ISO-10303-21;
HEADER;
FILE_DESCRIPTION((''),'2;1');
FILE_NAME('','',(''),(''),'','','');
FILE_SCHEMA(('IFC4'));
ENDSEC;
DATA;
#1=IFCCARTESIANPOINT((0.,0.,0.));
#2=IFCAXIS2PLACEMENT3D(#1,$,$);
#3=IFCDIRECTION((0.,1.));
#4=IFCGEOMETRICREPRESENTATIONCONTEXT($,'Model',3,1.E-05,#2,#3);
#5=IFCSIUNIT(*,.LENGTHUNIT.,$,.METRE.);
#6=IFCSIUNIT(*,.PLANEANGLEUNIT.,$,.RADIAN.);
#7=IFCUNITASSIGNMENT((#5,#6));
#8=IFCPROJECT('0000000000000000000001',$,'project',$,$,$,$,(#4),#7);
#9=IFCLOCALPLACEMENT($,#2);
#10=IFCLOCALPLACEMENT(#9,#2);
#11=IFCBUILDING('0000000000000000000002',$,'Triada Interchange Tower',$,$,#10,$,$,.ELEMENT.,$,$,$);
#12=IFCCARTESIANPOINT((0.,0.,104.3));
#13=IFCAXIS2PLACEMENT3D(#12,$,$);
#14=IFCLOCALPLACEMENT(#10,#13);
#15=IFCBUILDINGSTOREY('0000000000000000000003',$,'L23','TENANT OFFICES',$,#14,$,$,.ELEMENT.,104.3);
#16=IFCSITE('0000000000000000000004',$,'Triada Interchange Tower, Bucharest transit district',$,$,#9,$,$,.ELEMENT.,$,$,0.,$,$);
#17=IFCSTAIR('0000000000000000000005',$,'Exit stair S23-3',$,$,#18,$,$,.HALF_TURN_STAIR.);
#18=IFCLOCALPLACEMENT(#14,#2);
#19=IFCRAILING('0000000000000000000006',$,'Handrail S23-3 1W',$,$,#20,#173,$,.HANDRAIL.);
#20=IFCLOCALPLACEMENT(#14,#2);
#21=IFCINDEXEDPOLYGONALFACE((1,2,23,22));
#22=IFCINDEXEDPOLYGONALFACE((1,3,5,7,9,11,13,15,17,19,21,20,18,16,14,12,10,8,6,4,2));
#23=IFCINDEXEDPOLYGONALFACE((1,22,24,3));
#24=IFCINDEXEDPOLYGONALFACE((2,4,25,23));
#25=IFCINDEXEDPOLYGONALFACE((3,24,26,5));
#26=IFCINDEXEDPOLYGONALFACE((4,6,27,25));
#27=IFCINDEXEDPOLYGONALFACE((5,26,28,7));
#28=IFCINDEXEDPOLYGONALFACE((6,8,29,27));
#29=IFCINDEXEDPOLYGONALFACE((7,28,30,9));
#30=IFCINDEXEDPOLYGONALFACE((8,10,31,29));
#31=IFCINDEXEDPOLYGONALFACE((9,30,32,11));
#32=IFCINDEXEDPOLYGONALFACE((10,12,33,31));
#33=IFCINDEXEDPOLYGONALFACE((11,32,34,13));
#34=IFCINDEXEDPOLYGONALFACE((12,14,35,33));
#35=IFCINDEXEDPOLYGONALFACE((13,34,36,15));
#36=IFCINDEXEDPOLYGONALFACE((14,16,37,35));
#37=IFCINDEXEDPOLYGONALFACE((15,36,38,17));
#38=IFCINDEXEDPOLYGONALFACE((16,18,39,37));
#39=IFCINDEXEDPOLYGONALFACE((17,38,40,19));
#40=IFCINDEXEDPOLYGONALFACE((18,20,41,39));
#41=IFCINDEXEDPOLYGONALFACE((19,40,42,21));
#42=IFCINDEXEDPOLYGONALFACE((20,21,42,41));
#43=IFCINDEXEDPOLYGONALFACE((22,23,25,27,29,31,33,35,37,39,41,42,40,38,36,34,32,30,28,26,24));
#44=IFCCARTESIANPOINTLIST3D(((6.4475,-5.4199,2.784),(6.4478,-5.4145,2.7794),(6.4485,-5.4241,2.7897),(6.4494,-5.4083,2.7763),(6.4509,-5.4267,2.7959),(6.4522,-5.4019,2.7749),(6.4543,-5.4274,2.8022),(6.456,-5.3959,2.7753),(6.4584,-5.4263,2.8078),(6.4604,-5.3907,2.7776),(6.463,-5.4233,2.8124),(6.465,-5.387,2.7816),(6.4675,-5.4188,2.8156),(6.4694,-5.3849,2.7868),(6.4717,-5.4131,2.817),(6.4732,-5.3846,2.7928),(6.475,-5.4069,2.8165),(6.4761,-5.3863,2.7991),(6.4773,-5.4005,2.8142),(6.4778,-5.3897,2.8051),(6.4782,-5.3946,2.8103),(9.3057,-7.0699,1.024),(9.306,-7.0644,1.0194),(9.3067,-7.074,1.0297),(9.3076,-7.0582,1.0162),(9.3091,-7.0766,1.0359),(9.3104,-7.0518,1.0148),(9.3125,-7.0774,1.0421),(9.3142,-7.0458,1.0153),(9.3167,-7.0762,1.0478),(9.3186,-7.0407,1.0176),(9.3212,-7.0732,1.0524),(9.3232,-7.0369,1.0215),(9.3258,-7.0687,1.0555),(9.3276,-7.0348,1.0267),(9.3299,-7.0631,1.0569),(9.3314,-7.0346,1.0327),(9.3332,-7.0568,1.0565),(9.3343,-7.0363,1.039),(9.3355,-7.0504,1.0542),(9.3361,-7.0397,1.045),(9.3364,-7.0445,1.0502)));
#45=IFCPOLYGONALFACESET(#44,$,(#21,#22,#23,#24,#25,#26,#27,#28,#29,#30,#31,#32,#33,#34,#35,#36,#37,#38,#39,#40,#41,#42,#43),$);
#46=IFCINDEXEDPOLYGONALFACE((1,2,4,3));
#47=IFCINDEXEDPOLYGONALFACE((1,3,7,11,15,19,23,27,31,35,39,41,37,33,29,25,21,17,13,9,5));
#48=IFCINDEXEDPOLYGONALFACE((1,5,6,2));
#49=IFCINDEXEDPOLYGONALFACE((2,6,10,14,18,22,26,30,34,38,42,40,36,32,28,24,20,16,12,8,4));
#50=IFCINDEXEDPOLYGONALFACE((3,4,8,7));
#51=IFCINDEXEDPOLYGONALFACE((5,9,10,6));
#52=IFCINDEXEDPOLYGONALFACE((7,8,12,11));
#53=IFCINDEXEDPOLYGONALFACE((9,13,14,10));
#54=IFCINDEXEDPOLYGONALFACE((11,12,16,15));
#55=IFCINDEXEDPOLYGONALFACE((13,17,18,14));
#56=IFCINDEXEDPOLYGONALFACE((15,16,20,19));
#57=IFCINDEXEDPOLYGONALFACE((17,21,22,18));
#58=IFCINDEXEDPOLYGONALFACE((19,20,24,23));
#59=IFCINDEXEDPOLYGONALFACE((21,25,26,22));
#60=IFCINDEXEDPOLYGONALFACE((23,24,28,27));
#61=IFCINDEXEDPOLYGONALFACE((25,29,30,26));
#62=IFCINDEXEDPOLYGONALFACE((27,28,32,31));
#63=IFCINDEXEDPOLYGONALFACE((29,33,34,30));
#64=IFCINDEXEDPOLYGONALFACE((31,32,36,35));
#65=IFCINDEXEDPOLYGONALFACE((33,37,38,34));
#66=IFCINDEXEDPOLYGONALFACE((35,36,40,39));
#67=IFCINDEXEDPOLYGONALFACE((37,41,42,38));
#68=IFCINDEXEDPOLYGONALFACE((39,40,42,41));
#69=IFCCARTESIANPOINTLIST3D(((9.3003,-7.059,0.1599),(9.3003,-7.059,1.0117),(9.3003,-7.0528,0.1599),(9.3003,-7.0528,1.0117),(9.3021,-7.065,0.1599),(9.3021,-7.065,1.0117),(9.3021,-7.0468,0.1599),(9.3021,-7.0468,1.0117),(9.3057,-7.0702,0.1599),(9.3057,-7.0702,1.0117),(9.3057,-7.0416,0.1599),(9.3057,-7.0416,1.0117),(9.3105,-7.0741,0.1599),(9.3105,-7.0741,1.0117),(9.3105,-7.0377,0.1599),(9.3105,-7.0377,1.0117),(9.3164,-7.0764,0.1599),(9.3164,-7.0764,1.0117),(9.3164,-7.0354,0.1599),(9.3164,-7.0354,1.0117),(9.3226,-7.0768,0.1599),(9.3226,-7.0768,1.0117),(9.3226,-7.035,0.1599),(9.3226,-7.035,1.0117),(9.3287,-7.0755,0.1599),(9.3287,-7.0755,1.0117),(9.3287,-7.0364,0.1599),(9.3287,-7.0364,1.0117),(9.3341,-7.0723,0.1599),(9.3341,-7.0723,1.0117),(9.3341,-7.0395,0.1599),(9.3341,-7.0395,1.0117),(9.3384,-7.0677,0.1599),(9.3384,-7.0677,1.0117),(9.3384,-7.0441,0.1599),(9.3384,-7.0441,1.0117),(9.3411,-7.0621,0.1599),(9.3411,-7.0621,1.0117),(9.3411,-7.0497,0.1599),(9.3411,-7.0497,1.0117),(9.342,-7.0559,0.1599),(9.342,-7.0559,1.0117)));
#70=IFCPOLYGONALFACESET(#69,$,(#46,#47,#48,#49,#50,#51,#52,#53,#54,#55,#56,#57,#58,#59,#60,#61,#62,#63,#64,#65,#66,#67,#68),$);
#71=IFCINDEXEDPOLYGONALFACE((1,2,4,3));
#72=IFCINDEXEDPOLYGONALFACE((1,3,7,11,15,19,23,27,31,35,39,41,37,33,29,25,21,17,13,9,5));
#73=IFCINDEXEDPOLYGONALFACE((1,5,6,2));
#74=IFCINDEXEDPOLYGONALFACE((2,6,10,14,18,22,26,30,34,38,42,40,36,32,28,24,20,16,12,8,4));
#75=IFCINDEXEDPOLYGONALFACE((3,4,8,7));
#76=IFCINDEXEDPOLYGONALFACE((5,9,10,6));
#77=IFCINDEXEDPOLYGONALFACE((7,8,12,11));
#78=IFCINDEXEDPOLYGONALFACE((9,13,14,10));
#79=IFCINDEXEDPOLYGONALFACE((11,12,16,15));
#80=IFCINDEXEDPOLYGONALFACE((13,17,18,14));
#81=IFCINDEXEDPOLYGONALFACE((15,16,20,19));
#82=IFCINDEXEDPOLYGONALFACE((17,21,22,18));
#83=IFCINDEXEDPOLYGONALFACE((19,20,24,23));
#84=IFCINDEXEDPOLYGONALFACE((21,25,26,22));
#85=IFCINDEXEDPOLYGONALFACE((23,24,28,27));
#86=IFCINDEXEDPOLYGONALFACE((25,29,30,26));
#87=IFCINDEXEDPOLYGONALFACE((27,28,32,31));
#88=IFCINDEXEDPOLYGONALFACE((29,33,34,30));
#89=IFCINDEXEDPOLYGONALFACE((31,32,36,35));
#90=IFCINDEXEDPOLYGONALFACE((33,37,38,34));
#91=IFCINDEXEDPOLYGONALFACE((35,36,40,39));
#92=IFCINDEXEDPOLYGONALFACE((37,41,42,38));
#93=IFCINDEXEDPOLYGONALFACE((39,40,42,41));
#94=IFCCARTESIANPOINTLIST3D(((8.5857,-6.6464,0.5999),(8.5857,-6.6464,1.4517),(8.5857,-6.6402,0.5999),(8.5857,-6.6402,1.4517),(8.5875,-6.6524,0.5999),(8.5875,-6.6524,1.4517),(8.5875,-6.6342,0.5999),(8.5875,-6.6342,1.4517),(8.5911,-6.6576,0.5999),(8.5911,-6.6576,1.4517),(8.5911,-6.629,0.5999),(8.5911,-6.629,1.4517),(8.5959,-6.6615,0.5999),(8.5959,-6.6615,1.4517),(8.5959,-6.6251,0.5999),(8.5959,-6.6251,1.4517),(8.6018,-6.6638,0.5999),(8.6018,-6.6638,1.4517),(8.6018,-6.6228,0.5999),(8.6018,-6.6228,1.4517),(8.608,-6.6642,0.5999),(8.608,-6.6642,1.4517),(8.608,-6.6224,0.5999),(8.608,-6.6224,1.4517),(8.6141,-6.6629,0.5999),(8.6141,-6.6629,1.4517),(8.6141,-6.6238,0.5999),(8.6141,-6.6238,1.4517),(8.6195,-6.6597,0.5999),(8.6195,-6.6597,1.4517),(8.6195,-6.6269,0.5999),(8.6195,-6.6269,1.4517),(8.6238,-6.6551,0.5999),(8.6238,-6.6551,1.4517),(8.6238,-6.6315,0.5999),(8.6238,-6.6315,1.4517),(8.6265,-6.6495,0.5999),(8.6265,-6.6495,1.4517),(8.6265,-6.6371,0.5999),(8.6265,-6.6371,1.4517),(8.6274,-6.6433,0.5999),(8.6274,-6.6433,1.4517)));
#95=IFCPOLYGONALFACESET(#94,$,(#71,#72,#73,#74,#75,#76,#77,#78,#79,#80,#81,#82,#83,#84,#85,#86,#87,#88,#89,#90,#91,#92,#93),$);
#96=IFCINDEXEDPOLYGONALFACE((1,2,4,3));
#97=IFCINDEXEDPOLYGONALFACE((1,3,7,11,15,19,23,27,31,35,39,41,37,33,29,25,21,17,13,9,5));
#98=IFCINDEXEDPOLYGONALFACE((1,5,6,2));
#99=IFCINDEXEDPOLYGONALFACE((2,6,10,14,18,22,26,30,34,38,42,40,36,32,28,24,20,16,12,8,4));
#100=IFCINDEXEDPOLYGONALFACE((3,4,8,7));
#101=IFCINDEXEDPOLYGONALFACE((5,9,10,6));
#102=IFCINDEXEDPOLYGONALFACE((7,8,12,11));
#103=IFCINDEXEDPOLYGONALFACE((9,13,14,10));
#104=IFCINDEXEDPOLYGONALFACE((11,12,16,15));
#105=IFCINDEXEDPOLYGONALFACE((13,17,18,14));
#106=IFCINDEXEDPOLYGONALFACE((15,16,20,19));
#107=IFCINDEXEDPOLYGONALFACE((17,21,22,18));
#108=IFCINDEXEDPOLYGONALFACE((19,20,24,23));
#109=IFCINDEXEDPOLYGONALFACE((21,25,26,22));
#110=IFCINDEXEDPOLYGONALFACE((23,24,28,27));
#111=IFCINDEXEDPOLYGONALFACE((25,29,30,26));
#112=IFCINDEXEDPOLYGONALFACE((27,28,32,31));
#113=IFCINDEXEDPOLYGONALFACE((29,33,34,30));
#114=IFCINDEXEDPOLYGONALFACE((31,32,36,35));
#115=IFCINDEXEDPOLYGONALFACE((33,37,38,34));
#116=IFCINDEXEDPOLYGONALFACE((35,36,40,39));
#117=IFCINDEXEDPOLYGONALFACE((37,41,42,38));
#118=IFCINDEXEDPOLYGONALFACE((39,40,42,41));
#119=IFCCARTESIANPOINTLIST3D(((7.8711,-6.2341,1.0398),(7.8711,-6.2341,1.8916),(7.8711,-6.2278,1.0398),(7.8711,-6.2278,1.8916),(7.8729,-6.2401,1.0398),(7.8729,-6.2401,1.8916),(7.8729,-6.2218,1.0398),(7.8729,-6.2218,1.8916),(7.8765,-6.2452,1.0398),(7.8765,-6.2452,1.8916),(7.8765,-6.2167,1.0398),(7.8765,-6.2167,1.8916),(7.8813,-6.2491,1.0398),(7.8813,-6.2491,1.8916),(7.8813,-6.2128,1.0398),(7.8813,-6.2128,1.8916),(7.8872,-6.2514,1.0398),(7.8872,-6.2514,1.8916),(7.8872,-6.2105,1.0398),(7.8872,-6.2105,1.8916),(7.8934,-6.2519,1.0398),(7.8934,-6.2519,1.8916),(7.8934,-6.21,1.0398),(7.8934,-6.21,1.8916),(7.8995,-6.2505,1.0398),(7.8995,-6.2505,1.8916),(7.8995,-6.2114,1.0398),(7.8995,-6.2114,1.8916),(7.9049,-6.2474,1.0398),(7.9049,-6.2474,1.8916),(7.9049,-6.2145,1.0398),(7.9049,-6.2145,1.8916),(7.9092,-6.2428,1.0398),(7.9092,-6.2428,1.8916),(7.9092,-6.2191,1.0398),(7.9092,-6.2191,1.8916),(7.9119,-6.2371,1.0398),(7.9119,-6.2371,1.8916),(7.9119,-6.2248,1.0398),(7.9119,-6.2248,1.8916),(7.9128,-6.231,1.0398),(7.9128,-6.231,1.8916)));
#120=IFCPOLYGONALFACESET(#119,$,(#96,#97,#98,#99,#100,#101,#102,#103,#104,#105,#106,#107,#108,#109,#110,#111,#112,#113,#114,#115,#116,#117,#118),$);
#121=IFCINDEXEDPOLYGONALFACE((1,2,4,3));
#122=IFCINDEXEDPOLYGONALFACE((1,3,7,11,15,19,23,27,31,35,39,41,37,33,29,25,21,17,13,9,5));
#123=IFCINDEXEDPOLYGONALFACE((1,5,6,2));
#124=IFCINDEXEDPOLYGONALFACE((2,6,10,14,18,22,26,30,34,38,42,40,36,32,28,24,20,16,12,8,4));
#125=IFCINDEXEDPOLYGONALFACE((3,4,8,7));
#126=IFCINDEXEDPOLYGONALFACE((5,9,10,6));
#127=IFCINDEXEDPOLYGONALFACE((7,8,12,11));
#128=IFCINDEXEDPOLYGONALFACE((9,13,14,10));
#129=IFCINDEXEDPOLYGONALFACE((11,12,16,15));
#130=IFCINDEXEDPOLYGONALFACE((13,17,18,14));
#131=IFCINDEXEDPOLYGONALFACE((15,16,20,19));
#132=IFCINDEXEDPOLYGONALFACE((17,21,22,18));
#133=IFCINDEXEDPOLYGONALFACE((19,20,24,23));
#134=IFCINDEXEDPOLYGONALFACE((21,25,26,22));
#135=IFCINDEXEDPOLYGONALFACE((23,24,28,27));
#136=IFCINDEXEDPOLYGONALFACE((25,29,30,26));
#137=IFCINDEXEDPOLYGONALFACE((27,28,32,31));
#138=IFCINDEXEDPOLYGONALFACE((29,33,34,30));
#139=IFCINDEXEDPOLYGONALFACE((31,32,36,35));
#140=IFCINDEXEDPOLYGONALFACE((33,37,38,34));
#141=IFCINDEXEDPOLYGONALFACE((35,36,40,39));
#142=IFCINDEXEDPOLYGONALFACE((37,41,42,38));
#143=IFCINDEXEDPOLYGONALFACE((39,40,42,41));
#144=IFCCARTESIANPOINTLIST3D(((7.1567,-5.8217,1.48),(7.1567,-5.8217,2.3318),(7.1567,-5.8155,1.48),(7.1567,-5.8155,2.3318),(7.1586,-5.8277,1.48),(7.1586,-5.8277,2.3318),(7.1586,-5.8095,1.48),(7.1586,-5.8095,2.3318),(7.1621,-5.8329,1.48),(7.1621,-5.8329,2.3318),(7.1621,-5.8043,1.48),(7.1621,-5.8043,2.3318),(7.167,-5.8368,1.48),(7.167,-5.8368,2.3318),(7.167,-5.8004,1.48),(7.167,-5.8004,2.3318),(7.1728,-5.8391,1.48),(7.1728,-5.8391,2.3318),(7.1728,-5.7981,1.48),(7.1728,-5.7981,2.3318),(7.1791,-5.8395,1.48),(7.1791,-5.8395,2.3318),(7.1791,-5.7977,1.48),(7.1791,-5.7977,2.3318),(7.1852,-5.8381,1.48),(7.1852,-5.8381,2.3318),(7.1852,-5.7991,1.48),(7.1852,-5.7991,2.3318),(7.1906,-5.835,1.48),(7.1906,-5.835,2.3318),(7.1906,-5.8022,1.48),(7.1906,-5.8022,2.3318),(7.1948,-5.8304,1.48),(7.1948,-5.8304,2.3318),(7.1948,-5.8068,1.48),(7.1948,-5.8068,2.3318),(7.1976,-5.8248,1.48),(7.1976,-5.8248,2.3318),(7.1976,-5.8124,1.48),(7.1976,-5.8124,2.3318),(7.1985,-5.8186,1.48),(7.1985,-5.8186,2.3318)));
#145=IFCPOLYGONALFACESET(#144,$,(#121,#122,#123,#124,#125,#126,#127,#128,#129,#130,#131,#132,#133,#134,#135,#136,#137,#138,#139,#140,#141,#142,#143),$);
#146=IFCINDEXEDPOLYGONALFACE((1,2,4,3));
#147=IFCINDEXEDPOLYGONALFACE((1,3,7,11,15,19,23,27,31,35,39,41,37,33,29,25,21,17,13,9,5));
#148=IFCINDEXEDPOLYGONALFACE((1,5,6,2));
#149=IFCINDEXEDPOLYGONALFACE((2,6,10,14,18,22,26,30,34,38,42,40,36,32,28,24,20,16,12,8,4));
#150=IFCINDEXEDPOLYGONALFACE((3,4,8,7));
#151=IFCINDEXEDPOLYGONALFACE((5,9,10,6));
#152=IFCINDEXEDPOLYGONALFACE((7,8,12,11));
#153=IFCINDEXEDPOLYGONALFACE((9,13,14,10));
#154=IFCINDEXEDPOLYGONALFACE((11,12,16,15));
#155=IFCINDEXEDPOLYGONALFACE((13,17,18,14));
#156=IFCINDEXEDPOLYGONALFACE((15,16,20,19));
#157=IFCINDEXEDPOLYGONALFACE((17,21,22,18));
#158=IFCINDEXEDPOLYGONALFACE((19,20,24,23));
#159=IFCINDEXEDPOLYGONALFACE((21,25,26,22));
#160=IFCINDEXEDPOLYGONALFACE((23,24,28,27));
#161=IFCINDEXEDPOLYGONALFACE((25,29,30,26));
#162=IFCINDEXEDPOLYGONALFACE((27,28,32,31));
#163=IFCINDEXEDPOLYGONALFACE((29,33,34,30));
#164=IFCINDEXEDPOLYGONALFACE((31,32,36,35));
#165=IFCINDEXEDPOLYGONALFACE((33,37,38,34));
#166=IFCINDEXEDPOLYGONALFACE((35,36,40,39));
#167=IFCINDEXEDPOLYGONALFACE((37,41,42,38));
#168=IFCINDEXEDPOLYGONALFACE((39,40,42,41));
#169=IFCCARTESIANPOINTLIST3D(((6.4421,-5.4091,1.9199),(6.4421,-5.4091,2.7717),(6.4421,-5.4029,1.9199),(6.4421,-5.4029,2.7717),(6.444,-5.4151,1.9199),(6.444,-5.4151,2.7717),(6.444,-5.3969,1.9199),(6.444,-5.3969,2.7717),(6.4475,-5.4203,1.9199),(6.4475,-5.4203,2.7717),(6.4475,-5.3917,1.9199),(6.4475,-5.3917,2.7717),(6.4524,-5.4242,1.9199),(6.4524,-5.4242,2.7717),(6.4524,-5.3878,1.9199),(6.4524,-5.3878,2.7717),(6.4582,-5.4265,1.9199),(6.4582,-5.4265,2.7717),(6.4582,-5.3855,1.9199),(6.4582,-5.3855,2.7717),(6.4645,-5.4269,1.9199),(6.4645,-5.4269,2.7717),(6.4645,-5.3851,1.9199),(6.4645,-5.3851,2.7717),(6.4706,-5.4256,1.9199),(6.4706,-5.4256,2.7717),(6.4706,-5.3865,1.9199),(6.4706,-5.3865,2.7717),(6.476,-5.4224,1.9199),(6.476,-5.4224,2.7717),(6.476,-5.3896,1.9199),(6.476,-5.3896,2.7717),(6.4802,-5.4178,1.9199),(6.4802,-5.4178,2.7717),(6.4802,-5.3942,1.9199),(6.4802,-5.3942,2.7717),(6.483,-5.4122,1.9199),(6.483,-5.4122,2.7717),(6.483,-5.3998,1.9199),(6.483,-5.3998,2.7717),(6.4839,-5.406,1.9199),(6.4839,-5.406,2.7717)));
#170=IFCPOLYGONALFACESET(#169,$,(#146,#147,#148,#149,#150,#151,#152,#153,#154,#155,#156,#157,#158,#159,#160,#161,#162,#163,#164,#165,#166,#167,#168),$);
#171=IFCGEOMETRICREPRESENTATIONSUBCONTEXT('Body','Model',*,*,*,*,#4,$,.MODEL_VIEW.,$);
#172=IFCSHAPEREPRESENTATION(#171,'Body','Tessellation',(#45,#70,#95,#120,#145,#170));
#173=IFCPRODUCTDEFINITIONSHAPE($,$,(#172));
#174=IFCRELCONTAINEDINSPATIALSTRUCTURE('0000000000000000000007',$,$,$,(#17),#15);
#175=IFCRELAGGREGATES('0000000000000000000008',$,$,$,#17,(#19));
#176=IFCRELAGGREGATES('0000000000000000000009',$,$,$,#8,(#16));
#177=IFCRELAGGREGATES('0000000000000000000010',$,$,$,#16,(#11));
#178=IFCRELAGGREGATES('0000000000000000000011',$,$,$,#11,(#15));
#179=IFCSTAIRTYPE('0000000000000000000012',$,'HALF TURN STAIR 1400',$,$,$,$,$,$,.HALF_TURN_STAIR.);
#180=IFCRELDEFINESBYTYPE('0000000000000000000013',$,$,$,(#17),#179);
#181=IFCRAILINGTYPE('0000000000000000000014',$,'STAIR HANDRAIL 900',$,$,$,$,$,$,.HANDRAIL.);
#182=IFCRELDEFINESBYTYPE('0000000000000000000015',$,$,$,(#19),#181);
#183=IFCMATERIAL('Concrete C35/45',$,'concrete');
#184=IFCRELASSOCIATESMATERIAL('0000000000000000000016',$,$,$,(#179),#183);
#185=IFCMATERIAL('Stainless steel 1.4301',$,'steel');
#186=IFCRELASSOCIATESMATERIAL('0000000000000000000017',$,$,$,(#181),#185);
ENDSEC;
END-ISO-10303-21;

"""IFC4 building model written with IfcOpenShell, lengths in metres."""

from ifc_helpers import new_model, si_unit, direction, frame, origin, origin_2d, place, context, subcontext, project, spatial, circle, extrude, material, type_object, element, aggregate, save


model = new_model("IFC4")

# Units and contexts
model_context = context("Model", 3, precision=1e-05, world=origin(), true_north=direction((0.0, 1.0)))
body_context = subcontext(model_context, "Body", "Model", "MODEL_VIEW")
ifc_project = project(units=[si_unit("LENGTHUNIT", "METRE"), si_unit("PLANEANGLEUNIT", "RADIAN")], contexts=[model_context])

# Site, building, storey
site_placement = place(None, origin())
site = spatial("IfcSite", under=ifc_project, at=site_placement, Name="Triada Interchange Tower, Bucharest transit district", CompositionType="ELEMENT", RefElevation=0.0)
building_placement = place(site_placement, origin())
building = spatial("IfcBuilding", under=site, at=building_placement, Name="Triada Interchange Tower", CompositionType="ELEMENT")
storey_placement = place(building_placement, frame((0.0, 0.0, 104.3)))
storey = spatial("IfcBuildingStorey", under=building, at=storey_placement, Name="L23", Description="TENANT OFFICES", CompositionType="ELEMENT", Elevation=104.3)

# Stair, railing
ifc_material_1 = material(Name="Concrete C35/45", Category="concrete")
stair_type = type_object("IfcStairType", Name="HALF TURN STAIR 1400", PredefinedType="HALF_TURN_STAIR", material=ifc_material_1)
stair_placement = place(storey_placement, origin())
stair = element("IfcStair", 1, at=stair_placement, inside=storey, type_object=stair_type, Name="Exit stair S23-3", PredefinedType="HALF_TURN_STAIR")
ifc_material_2 = material(Name="Stainless steel 1.4301", Category="steel")
railing_type = type_object("IfcRailingType", Name="STAIR HANDRAIL 900", PredefinedType="HANDRAIL", material=ifc_material_2)
railing_1_placement = place(storey_placement, frame((9.321, -7.0559, 0.1599)))
railing_1 = element("IfcRailing", 2, at=railing_1_placement, type_object=railing_type, Name="Handrail S23-3 1W", PredefinedType="HANDRAIL", context=body_context, shape_type="SweptSolid", body=[
    extrude(circle(Radius=0.0239, at=origin_2d()), frame((0.0, 0.0, 0.876), z_axis=(-0.764178, 0.441131, 0.47057), x_axis=(-0.499942, -0.866059, 0.0)), (0.0, 0.0, 1.0), 3.7402),
    extrude(circle(Radius=0.021, at=origin_2d()), origin(), (0.0, 0.0, 1.0), 0.8518),
    extrude(circle(Radius=0.021, at=origin_2d()), frame((-0.7146, 0.4126, 0.4399)), (0.0, 0.0, 1.0), 0.8518),
    extrude(circle(Radius=0.021, at=origin_2d()), frame((-1.4292, 0.825, 0.8799)), (0.0, 0.0, 1.0), 0.8518),
    extrude(circle(Radius=0.021, at=origin_2d()), frame((-2.1436, 1.2373, 1.3201)), (0.0, 0.0, 1.0), 0.8518),
    extrude(circle(Radius=0.021, at=origin_2d()), frame((-2.8582, 1.6499, 1.76)), (0.0, 0.0, 1.0), 0.8518),
])
aggregate(stair, [railing_1])

save(model, "model.ifc")
